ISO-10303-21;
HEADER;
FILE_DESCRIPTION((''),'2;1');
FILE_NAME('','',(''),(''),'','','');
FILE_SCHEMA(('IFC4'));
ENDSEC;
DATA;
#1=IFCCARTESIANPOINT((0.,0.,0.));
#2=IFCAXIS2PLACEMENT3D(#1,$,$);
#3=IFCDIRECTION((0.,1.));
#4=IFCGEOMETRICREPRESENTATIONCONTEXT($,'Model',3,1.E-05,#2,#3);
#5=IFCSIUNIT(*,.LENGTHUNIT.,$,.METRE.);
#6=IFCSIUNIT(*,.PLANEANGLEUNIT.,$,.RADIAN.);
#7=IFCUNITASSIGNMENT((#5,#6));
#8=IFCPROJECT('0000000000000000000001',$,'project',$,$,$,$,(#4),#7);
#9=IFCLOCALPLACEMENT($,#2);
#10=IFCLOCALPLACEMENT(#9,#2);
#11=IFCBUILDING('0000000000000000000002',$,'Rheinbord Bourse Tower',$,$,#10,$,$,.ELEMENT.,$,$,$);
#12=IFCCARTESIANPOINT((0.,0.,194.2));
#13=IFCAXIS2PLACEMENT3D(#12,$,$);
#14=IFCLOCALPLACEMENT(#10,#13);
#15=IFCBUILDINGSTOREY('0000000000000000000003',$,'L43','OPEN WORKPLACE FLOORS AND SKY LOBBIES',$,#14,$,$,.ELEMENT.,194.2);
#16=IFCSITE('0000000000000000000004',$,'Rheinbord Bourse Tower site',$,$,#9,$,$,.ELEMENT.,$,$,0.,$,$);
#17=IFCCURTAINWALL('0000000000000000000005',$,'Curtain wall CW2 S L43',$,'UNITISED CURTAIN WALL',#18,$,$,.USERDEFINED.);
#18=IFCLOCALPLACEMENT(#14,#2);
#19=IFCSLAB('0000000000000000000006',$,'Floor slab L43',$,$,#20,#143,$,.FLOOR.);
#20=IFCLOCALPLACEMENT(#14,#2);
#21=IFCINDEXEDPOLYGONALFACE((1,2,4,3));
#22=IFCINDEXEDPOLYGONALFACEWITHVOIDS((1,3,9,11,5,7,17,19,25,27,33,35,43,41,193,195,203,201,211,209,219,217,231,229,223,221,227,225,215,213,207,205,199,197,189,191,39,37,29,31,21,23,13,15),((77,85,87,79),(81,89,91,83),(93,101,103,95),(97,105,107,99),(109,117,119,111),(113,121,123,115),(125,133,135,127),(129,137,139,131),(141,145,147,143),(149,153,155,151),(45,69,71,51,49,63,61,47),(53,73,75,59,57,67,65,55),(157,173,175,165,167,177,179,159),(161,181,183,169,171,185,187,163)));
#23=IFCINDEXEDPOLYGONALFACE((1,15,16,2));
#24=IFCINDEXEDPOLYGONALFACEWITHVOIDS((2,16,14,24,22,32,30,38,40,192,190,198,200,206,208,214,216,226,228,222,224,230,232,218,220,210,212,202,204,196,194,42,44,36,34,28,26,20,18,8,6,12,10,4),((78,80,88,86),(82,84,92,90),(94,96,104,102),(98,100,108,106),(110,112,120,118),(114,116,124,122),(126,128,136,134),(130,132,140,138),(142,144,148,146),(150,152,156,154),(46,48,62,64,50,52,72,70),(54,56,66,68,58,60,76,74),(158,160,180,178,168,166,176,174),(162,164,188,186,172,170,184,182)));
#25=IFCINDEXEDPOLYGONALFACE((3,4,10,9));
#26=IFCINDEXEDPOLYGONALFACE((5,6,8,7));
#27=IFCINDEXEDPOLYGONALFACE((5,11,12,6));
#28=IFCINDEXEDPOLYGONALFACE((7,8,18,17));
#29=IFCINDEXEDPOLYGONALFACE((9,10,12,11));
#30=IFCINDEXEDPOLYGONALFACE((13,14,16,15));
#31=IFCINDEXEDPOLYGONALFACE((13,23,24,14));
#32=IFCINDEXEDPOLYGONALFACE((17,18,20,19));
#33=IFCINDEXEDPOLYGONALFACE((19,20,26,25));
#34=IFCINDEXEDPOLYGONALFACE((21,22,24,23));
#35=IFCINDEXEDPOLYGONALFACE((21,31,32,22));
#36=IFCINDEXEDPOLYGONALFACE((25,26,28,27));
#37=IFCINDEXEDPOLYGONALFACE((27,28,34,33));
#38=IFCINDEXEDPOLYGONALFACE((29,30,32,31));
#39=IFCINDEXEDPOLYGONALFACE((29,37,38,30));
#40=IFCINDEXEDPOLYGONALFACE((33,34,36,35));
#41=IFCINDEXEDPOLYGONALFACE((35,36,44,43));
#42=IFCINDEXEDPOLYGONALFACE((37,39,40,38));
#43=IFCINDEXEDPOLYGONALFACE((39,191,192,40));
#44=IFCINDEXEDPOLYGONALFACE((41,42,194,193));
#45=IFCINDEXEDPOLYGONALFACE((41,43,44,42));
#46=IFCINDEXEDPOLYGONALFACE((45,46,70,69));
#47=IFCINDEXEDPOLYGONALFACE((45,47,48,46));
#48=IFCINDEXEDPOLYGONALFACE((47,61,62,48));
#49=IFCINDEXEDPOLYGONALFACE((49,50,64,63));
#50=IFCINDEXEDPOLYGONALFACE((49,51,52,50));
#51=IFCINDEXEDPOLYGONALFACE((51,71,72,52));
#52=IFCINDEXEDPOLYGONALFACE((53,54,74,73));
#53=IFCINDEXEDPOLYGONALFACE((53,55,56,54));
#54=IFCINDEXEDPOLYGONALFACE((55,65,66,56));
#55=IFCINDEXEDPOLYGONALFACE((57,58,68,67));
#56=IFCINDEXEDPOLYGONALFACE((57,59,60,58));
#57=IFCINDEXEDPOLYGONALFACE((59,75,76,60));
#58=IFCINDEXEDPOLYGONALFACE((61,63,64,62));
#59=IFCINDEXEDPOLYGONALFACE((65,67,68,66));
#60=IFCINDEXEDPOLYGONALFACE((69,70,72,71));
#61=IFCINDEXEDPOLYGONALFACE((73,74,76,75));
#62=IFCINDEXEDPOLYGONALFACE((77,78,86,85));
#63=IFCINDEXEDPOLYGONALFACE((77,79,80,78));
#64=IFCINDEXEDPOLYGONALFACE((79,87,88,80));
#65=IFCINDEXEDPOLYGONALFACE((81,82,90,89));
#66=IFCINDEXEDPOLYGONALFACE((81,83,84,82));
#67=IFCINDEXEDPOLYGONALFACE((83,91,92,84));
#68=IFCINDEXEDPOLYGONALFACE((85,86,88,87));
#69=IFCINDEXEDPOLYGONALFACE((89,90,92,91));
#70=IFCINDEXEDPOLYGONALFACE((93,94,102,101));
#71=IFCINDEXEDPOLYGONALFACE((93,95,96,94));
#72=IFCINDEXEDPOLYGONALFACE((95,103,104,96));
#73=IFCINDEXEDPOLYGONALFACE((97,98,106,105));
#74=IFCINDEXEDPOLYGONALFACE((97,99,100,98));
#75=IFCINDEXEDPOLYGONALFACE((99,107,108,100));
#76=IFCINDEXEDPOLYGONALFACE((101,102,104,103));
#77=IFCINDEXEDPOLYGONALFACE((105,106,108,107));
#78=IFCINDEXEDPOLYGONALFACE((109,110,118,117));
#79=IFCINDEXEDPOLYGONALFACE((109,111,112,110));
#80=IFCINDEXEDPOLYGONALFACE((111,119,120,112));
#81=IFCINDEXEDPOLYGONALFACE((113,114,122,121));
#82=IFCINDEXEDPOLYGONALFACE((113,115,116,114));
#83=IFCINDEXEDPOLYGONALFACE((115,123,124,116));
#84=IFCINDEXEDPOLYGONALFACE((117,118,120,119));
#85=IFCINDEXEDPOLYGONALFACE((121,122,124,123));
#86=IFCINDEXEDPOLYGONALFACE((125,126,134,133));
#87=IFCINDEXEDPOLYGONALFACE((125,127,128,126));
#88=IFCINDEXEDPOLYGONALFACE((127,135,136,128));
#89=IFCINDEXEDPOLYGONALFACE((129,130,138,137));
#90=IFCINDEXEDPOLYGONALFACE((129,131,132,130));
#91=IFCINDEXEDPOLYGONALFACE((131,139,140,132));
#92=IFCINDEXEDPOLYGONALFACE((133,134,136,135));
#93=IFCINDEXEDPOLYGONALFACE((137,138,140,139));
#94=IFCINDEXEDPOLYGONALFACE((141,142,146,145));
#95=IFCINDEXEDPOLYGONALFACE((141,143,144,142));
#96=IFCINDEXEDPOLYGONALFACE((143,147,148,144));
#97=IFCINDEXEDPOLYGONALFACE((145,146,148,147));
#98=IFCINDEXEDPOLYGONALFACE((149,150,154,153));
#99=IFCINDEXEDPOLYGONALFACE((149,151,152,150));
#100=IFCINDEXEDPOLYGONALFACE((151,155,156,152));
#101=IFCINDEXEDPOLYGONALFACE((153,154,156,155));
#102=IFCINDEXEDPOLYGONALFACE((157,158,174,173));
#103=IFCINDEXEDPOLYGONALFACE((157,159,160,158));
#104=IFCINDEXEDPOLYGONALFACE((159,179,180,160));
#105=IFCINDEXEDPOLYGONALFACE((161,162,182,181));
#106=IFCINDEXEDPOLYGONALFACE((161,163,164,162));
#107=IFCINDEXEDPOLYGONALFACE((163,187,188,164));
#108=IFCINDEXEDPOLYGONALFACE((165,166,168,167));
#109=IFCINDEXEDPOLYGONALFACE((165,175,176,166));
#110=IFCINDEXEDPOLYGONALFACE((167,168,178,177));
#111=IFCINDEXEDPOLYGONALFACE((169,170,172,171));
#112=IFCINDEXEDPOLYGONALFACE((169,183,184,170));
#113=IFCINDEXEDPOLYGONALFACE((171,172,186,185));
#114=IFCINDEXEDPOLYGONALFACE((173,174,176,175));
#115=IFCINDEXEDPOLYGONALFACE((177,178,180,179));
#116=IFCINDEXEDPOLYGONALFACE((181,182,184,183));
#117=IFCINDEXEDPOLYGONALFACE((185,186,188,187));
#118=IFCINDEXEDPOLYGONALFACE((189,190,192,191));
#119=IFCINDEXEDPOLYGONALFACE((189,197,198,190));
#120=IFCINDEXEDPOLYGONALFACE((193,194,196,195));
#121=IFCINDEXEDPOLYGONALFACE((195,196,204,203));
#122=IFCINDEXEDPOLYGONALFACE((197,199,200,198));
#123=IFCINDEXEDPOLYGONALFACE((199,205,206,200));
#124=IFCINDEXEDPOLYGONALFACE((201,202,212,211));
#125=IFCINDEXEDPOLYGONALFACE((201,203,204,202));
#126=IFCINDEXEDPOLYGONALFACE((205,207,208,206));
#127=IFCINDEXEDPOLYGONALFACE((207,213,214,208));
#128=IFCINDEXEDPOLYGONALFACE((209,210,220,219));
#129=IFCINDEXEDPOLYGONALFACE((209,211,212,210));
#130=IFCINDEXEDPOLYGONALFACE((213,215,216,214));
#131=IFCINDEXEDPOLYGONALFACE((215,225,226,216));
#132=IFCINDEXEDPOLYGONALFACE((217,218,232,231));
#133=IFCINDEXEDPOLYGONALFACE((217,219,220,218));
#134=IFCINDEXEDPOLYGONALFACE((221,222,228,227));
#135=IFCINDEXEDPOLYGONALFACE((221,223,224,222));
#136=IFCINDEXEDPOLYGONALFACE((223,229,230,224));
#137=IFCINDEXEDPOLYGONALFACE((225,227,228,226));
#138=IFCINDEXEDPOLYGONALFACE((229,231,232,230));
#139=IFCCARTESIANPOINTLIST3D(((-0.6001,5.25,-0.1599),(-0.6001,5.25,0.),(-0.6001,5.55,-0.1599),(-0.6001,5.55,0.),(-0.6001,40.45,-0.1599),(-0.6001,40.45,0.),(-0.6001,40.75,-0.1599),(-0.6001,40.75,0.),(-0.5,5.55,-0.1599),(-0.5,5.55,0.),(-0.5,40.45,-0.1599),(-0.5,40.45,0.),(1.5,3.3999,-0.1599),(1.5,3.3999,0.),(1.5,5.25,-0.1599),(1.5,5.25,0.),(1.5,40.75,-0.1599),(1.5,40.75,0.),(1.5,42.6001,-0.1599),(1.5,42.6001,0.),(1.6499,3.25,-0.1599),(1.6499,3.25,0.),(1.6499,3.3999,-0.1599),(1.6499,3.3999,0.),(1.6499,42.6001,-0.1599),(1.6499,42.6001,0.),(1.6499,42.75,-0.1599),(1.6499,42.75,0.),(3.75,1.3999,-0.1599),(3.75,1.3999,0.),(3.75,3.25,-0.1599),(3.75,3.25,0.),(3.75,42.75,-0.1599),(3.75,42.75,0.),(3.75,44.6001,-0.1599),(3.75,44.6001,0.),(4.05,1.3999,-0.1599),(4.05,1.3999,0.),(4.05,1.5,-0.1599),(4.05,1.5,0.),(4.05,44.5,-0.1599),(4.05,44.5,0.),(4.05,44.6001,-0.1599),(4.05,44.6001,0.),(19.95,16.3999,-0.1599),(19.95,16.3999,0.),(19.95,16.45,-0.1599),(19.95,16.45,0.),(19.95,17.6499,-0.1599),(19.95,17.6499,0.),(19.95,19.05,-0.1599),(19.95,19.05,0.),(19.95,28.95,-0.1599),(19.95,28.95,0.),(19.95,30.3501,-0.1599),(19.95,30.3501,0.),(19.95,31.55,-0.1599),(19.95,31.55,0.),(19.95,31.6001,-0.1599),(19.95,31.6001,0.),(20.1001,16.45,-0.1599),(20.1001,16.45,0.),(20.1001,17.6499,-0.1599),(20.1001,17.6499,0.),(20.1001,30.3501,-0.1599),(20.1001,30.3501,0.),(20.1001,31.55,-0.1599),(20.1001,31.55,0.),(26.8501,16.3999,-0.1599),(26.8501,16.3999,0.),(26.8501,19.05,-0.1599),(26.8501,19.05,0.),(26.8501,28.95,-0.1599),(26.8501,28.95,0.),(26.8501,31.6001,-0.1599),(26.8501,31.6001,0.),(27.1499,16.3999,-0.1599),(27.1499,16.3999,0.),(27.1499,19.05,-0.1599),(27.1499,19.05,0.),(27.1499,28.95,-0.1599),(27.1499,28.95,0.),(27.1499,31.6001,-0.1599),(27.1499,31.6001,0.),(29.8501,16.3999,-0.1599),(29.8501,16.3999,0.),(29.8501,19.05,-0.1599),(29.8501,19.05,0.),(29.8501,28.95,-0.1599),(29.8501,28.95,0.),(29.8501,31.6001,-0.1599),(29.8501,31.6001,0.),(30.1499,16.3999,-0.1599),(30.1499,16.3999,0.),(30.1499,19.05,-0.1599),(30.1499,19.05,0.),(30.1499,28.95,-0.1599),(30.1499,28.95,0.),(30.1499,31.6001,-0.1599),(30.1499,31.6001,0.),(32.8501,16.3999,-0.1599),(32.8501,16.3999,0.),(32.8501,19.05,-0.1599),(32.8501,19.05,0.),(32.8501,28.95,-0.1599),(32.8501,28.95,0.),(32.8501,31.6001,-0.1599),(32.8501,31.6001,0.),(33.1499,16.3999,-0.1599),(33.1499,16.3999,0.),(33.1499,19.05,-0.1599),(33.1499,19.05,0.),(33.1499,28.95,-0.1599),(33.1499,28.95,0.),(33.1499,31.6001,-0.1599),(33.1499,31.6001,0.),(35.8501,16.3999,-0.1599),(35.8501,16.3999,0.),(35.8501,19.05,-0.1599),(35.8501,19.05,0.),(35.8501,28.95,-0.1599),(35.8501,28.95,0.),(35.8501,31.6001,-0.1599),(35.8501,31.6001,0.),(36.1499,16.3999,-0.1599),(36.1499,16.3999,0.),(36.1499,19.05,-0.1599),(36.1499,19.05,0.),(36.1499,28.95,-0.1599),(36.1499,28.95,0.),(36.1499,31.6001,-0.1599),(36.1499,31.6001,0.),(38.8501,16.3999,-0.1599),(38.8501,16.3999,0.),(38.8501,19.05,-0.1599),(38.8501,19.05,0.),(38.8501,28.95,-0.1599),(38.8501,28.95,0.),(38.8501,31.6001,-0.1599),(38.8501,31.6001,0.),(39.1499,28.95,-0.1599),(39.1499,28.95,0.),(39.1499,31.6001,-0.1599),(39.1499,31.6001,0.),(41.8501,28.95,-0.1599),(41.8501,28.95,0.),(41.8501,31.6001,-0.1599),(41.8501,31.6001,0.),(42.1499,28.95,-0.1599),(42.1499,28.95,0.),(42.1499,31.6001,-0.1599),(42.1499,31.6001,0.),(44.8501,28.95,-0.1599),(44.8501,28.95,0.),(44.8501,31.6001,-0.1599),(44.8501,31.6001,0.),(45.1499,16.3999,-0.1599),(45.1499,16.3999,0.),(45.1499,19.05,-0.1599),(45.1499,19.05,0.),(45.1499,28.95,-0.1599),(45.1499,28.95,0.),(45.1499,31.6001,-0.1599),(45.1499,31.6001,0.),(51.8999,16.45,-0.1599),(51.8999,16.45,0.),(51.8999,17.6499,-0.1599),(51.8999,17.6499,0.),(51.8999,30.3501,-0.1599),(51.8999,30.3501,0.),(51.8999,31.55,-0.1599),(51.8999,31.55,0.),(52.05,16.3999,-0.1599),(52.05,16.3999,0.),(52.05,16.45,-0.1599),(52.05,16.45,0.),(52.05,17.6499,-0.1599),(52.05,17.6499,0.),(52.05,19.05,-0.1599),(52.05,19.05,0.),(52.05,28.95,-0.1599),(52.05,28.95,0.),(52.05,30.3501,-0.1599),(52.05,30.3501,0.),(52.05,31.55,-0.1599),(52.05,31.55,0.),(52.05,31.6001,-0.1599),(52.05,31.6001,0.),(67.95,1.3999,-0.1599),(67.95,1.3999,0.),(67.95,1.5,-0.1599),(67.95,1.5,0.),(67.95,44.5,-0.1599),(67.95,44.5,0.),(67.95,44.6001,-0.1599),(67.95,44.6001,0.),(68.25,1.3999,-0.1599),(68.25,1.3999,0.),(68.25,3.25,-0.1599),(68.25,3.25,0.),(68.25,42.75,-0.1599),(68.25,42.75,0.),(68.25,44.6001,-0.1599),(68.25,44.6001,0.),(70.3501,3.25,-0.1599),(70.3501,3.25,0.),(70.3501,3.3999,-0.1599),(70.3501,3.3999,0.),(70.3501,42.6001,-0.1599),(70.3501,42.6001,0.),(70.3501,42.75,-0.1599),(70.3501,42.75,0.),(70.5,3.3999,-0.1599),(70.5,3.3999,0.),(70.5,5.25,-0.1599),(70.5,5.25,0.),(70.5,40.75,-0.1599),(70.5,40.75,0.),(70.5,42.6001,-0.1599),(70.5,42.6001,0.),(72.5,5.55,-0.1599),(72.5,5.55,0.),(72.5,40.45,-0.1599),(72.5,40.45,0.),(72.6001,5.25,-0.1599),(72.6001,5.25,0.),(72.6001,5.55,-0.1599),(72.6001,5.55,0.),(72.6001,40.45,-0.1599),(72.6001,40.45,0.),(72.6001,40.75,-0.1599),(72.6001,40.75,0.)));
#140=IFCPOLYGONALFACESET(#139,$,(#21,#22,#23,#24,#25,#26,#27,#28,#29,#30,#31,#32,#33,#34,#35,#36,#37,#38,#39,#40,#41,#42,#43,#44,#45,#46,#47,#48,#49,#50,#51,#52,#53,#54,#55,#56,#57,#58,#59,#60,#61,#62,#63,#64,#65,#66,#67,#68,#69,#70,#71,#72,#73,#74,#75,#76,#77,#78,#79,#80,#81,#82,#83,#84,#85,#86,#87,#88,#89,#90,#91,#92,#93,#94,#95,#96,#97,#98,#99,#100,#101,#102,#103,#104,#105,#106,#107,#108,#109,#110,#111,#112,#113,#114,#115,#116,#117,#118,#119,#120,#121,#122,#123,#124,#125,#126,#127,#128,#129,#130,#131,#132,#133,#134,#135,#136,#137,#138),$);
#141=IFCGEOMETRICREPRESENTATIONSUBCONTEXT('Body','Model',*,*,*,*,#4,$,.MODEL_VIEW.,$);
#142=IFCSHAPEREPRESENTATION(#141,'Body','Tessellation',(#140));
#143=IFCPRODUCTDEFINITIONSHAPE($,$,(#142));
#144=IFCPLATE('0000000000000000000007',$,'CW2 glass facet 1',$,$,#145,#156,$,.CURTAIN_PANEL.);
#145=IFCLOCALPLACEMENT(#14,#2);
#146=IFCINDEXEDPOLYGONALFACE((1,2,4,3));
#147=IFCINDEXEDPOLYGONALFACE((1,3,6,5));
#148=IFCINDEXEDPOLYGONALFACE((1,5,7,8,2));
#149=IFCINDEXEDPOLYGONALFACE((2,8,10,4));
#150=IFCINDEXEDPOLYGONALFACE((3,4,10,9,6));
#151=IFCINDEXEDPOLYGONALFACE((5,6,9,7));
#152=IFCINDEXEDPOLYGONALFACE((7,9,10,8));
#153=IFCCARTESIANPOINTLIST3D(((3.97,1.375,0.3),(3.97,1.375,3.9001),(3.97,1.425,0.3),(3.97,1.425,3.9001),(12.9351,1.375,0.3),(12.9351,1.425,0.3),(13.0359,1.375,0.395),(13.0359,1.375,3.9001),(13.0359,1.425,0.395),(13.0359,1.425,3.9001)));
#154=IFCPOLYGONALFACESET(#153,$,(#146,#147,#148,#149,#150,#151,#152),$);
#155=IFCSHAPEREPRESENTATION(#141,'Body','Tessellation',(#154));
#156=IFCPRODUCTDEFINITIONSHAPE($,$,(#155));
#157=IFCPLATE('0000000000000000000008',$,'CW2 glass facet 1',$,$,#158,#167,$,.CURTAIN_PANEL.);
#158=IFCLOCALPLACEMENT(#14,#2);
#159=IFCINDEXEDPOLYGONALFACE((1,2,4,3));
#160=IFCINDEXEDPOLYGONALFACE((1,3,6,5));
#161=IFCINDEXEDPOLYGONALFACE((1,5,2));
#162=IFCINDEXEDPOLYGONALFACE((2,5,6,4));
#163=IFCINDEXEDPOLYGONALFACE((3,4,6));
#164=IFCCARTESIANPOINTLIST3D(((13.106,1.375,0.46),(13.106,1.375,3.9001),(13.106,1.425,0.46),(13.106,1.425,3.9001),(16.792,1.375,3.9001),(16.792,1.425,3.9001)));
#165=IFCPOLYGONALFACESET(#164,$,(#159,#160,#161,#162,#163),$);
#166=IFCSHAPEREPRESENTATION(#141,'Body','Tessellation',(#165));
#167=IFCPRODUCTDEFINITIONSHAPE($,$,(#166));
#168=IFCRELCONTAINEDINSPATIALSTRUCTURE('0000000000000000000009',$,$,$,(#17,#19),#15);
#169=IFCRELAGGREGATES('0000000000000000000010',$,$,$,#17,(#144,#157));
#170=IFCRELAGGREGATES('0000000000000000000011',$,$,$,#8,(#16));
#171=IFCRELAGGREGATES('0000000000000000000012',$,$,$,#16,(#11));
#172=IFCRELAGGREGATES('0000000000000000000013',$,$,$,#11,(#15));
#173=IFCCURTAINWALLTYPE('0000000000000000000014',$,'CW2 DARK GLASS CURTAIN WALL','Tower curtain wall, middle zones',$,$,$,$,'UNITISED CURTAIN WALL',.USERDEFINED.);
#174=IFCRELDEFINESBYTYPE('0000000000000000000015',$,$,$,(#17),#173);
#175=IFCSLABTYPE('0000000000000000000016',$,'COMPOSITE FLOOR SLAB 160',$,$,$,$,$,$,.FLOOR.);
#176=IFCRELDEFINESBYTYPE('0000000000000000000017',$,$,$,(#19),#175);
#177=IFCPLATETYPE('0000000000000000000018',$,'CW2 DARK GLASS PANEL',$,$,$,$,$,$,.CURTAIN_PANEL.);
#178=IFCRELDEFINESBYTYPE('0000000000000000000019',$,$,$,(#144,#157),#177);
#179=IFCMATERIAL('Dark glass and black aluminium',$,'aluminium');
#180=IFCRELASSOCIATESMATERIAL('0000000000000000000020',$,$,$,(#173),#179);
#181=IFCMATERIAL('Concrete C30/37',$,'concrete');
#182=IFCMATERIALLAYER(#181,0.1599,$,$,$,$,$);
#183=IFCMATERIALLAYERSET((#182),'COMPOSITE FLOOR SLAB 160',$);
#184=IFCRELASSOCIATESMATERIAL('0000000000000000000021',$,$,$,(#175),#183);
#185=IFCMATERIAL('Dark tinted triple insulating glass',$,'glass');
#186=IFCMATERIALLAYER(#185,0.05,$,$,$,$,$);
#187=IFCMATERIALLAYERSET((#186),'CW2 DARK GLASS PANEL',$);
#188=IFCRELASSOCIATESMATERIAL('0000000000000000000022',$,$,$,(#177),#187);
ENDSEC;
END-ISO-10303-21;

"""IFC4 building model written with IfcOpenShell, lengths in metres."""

from ifc_helpers import new_model, si_unit, direction, frame, origin, place, context, subcontext, project, spatial, polyline, outline, extrude, material, layer, layer_set, type_object, element, aggregate, save


model = new_model("IFC4")

# Units and contexts
model_context = context("Model", 3, precision=1e-05, world=origin(), true_north=direction((0.0, 1.0)))
body_context = subcontext(model_context, "Body", "Model", "MODEL_VIEW")
ifc_project = project(units=[si_unit("LENGTHUNIT", "METRE"), si_unit("PLANEANGLEUNIT", "RADIAN")], contexts=[model_context])

# Site, building, storey
site_placement = place(None, origin())
site = spatial("IfcSite", under=ifc_project, at=site_placement, Name="Rheinbord Bourse Tower site", CompositionType="ELEMENT", RefElevation=0.0)
building_placement = place(site_placement, origin())
building = spatial("IfcBuilding", under=site, at=building_placement, Name="Rheinbord Bourse Tower", CompositionType="ELEMENT")
storey_placement = place(building_placement, frame((0.0, 0.0, 194.2)))
storey = spatial("IfcBuildingStorey", under=building, at=storey_placement, Name="L43", Description="OPEN WORKPLACE FLOORS AND SKY LOBBIES", CompositionType="ELEMENT", Elevation=194.2)

# Curtain wall
ifc_material_1 = material(Name="Dark glass and black aluminium", Category="aluminium")
curtain_wall_type = type_object("IfcCurtainWallType", Name="CW2 DARK GLASS CURTAIN WALL", Description="Tower curtain wall, middle zones", ElementType="UNITISED CURTAIN WALL", PredefinedType="USERDEFINED", material=ifc_material_1)
curtain_wall_placement = place(storey_placement, origin())
curtain_wall = element("IfcCurtainWall", 1, at=curtain_wall_placement, inside=storey, type_object=curtain_wall_type, Name="Curtain wall CW2 S L43", ObjectType="UNITISED CURTAIN WALL", PredefinedType="USERDEFINED")

# Slab
ifc_material_2 = material(Name="Concrete C30/37", Category="concrete")
ifc_layer_1 = layer(ifc_material_2, 0.1599)
ifc_layer_set_1 = layer_set([ifc_layer_1], Name="COMPOSITE FLOOR SLAB 160")
slab_type_1 = type_object("IfcSlabType", Name="COMPOSITE FLOOR SLAB 160", PredefinedType="FLOOR", material=ifc_layer_set_1)
slab_1_placement = place(storey_placement, frame((0.0, 0.0, -0.1599)))
element("IfcSlab", 2, at=slab_1_placement, inside=storey, type_object=slab_type_1, Name="Floor slab L43", PredefinedType="FLOOR", context=body_context, shape_type="SweptSolid", body=[
    extrude(outline(polyline([(1.6499, 3.3999), (1.5, 3.3999), (1.5, 5.25), (-0.6001, 5.25), (-0.6001, 5.55), (-0.5, 5.55), (-0.5, 40.45), (-0.6001, 40.45), (-0.6001, 40.75), (1.5, 40.75), (1.5, 42.6001), (1.6499, 42.6001), (1.6499, 42.75), (3.75, 42.75), (3.75, 44.6001), (4.05, 44.6001), (4.05, 44.5), (67.95, 44.5), (67.95, 44.6001), (68.25, 44.6001), (68.25, 42.75), (70.3501, 42.75), (70.3501, 42.6001), (70.5, 42.6001), (70.5, 40.75), (72.6001, 40.75), (72.6001, 40.45), (72.5, 40.45), (72.5, 5.55), (72.6001, 5.55), (72.6001, 5.25), (70.5, 5.25), (70.5, 3.3999), (70.3501, 3.3999), (70.3501, 3.25), (68.25, 3.25), (68.25, 1.3999), (67.95, 1.3999), (67.95, 1.5), (4.05, 1.5), (4.05, 1.3999), (3.75, 1.3999), (3.75, 3.25), (1.6499, 3.25), (1.6499, 3.3999)]), holes=[polyline([(19.95, 19.05), (26.8501, 19.05), (26.8501, 16.3999), (19.95, 16.3999), (19.95, 16.45), (20.1001, 16.45), (20.1001, 17.6499), (19.95, 17.6499), (19.95, 19.05)]), polyline([(19.95, 31.6001), (26.8501, 31.6001), (26.8501, 28.95), (19.95, 28.95), (19.95, 30.3501), (20.1001, 30.3501), (20.1001, 31.55), (19.95, 31.55), (19.95, 31.6001)]), polyline([(52.05, 16.3999), (45.1499, 16.3999), (45.1499, 19.05), (52.05, 19.05), (52.05, 17.6499), (51.8999, 17.6499), (51.8999, 16.45), (52.05, 16.45), (52.05, 16.3999)]), polyline([(52.05, 28.95), (45.1499, 28.95), (45.1499, 31.6001), (52.05, 31.6001), (52.05, 31.55), (51.8999, 31.55), (51.8999, 30.3501), (52.05, 30.3501), (52.05, 28.95)]), polyline([(27.1499, 16.3999), (27.1499, 19.05), (29.8501, 19.05), (29.8501, 16.3999), (27.1499, 16.3999)]), polyline([(27.1499, 28.95), (27.1499, 31.6001), (29.8501, 31.6001), (29.8501, 28.95), (27.1499, 28.95)]), polyline([(30.1499, 16.3999), (30.1499, 19.05), (32.8501, 19.05), (32.8501, 16.3999), (30.1499, 16.3999)]), polyline([(30.1499, 28.95), (30.1499, 31.6001), (32.8501, 31.6001), (32.8501, 28.95), (30.1499, 28.95)]), polyline([(33.1499, 16.3999), (33.1499, 19.05), (35.8501, 19.05), (35.8501, 16.3999), (33.1499, 16.3999)]), polyline([(33.1499, 28.95), (33.1499, 31.6001), (35.8501, 31.6001), (35.8501, 28.95), (33.1499, 28.95)]), polyline([(36.1499, 16.3999), (36.1499, 19.05), (38.8501, 19.05), (38.8501, 16.3999), (36.1499, 16.3999)]), polyline([(36.1499, 28.95), (36.1499, 31.6001), (38.8501, 31.6001), (38.8501, 28.95), (36.1499, 28.95)]), polyline([(39.1499, 28.95), (39.1499, 31.6001), (41.8501, 31.6001), (41.8501, 28.95), (39.1499, 28.95)]), polyline([(42.1499, 28.95), (42.1499, 31.6001), (44.8501, 31.6001), (44.8501, 28.95), (42.1499, 28.95)])]), origin(), (0.0, 0.0, 1.0), 0.1599),
])

# Plates
ifc_material_3 = material(Name="Dark tinted triple insulating glass", Category="glass")
ifc_layer_2 = layer(ifc_material_3, 0.05)
ifc_layer_set_2 = layer_set([ifc_layer_2], Name="CW2 DARK GLASS PANEL")
plate_type = type_object("IfcPlateType", Name="CW2 DARK GLASS PANEL", PredefinedType="CURTAIN_PANEL", material=ifc_layer_set_2)
plate_1_placement = place(storey_placement, frame((3.97, 1.375, 0.3), z_axis=(0.0, 1.0, 0.0), x_axis=(0.0, 0.0, 1.0)))
plate_1 = element("IfcPlate", 3, at=plate_1_placement, type_object=plate_type, Name="CW2 glass facet 1", PredefinedType="CURTAIN_PANEL", context=body_context, shape_type="SweptSolid", body=[
    extrude(outline(polyline([(0.0, 0.0), (3.6001, 0.0), (3.6001, 9.0659), (0.095, 9.0659), (0.0, 8.9651), (0.0, 0.0)])), origin(), (0.0, 0.0, 1.0), 0.05),
])
plate_2_placement = place(storey_placement, frame((13.106, 1.375, 3.9001), z_axis=(0.0, 1.0, 0.0), x_axis=(1.0, 0.0, 0.0)))
plate_2 = element("IfcPlate", 4, at=plate_2_placement, type_object=plate_type, Name="CW2 glass facet 1", PredefinedType="CURTAIN_PANEL", context=body_context, shape_type="SweptSolid", body=[
    extrude(outline(polyline([(0.0, 0.0), (3.686, 0.0), (0.0, 3.4402), (0.0, 0.0)])), origin(), (0.0, 0.0, 1.0), 0.05),
])
aggregate(curtain_wall, [plate_1, plate_2])

save(model, "model.ifc")
